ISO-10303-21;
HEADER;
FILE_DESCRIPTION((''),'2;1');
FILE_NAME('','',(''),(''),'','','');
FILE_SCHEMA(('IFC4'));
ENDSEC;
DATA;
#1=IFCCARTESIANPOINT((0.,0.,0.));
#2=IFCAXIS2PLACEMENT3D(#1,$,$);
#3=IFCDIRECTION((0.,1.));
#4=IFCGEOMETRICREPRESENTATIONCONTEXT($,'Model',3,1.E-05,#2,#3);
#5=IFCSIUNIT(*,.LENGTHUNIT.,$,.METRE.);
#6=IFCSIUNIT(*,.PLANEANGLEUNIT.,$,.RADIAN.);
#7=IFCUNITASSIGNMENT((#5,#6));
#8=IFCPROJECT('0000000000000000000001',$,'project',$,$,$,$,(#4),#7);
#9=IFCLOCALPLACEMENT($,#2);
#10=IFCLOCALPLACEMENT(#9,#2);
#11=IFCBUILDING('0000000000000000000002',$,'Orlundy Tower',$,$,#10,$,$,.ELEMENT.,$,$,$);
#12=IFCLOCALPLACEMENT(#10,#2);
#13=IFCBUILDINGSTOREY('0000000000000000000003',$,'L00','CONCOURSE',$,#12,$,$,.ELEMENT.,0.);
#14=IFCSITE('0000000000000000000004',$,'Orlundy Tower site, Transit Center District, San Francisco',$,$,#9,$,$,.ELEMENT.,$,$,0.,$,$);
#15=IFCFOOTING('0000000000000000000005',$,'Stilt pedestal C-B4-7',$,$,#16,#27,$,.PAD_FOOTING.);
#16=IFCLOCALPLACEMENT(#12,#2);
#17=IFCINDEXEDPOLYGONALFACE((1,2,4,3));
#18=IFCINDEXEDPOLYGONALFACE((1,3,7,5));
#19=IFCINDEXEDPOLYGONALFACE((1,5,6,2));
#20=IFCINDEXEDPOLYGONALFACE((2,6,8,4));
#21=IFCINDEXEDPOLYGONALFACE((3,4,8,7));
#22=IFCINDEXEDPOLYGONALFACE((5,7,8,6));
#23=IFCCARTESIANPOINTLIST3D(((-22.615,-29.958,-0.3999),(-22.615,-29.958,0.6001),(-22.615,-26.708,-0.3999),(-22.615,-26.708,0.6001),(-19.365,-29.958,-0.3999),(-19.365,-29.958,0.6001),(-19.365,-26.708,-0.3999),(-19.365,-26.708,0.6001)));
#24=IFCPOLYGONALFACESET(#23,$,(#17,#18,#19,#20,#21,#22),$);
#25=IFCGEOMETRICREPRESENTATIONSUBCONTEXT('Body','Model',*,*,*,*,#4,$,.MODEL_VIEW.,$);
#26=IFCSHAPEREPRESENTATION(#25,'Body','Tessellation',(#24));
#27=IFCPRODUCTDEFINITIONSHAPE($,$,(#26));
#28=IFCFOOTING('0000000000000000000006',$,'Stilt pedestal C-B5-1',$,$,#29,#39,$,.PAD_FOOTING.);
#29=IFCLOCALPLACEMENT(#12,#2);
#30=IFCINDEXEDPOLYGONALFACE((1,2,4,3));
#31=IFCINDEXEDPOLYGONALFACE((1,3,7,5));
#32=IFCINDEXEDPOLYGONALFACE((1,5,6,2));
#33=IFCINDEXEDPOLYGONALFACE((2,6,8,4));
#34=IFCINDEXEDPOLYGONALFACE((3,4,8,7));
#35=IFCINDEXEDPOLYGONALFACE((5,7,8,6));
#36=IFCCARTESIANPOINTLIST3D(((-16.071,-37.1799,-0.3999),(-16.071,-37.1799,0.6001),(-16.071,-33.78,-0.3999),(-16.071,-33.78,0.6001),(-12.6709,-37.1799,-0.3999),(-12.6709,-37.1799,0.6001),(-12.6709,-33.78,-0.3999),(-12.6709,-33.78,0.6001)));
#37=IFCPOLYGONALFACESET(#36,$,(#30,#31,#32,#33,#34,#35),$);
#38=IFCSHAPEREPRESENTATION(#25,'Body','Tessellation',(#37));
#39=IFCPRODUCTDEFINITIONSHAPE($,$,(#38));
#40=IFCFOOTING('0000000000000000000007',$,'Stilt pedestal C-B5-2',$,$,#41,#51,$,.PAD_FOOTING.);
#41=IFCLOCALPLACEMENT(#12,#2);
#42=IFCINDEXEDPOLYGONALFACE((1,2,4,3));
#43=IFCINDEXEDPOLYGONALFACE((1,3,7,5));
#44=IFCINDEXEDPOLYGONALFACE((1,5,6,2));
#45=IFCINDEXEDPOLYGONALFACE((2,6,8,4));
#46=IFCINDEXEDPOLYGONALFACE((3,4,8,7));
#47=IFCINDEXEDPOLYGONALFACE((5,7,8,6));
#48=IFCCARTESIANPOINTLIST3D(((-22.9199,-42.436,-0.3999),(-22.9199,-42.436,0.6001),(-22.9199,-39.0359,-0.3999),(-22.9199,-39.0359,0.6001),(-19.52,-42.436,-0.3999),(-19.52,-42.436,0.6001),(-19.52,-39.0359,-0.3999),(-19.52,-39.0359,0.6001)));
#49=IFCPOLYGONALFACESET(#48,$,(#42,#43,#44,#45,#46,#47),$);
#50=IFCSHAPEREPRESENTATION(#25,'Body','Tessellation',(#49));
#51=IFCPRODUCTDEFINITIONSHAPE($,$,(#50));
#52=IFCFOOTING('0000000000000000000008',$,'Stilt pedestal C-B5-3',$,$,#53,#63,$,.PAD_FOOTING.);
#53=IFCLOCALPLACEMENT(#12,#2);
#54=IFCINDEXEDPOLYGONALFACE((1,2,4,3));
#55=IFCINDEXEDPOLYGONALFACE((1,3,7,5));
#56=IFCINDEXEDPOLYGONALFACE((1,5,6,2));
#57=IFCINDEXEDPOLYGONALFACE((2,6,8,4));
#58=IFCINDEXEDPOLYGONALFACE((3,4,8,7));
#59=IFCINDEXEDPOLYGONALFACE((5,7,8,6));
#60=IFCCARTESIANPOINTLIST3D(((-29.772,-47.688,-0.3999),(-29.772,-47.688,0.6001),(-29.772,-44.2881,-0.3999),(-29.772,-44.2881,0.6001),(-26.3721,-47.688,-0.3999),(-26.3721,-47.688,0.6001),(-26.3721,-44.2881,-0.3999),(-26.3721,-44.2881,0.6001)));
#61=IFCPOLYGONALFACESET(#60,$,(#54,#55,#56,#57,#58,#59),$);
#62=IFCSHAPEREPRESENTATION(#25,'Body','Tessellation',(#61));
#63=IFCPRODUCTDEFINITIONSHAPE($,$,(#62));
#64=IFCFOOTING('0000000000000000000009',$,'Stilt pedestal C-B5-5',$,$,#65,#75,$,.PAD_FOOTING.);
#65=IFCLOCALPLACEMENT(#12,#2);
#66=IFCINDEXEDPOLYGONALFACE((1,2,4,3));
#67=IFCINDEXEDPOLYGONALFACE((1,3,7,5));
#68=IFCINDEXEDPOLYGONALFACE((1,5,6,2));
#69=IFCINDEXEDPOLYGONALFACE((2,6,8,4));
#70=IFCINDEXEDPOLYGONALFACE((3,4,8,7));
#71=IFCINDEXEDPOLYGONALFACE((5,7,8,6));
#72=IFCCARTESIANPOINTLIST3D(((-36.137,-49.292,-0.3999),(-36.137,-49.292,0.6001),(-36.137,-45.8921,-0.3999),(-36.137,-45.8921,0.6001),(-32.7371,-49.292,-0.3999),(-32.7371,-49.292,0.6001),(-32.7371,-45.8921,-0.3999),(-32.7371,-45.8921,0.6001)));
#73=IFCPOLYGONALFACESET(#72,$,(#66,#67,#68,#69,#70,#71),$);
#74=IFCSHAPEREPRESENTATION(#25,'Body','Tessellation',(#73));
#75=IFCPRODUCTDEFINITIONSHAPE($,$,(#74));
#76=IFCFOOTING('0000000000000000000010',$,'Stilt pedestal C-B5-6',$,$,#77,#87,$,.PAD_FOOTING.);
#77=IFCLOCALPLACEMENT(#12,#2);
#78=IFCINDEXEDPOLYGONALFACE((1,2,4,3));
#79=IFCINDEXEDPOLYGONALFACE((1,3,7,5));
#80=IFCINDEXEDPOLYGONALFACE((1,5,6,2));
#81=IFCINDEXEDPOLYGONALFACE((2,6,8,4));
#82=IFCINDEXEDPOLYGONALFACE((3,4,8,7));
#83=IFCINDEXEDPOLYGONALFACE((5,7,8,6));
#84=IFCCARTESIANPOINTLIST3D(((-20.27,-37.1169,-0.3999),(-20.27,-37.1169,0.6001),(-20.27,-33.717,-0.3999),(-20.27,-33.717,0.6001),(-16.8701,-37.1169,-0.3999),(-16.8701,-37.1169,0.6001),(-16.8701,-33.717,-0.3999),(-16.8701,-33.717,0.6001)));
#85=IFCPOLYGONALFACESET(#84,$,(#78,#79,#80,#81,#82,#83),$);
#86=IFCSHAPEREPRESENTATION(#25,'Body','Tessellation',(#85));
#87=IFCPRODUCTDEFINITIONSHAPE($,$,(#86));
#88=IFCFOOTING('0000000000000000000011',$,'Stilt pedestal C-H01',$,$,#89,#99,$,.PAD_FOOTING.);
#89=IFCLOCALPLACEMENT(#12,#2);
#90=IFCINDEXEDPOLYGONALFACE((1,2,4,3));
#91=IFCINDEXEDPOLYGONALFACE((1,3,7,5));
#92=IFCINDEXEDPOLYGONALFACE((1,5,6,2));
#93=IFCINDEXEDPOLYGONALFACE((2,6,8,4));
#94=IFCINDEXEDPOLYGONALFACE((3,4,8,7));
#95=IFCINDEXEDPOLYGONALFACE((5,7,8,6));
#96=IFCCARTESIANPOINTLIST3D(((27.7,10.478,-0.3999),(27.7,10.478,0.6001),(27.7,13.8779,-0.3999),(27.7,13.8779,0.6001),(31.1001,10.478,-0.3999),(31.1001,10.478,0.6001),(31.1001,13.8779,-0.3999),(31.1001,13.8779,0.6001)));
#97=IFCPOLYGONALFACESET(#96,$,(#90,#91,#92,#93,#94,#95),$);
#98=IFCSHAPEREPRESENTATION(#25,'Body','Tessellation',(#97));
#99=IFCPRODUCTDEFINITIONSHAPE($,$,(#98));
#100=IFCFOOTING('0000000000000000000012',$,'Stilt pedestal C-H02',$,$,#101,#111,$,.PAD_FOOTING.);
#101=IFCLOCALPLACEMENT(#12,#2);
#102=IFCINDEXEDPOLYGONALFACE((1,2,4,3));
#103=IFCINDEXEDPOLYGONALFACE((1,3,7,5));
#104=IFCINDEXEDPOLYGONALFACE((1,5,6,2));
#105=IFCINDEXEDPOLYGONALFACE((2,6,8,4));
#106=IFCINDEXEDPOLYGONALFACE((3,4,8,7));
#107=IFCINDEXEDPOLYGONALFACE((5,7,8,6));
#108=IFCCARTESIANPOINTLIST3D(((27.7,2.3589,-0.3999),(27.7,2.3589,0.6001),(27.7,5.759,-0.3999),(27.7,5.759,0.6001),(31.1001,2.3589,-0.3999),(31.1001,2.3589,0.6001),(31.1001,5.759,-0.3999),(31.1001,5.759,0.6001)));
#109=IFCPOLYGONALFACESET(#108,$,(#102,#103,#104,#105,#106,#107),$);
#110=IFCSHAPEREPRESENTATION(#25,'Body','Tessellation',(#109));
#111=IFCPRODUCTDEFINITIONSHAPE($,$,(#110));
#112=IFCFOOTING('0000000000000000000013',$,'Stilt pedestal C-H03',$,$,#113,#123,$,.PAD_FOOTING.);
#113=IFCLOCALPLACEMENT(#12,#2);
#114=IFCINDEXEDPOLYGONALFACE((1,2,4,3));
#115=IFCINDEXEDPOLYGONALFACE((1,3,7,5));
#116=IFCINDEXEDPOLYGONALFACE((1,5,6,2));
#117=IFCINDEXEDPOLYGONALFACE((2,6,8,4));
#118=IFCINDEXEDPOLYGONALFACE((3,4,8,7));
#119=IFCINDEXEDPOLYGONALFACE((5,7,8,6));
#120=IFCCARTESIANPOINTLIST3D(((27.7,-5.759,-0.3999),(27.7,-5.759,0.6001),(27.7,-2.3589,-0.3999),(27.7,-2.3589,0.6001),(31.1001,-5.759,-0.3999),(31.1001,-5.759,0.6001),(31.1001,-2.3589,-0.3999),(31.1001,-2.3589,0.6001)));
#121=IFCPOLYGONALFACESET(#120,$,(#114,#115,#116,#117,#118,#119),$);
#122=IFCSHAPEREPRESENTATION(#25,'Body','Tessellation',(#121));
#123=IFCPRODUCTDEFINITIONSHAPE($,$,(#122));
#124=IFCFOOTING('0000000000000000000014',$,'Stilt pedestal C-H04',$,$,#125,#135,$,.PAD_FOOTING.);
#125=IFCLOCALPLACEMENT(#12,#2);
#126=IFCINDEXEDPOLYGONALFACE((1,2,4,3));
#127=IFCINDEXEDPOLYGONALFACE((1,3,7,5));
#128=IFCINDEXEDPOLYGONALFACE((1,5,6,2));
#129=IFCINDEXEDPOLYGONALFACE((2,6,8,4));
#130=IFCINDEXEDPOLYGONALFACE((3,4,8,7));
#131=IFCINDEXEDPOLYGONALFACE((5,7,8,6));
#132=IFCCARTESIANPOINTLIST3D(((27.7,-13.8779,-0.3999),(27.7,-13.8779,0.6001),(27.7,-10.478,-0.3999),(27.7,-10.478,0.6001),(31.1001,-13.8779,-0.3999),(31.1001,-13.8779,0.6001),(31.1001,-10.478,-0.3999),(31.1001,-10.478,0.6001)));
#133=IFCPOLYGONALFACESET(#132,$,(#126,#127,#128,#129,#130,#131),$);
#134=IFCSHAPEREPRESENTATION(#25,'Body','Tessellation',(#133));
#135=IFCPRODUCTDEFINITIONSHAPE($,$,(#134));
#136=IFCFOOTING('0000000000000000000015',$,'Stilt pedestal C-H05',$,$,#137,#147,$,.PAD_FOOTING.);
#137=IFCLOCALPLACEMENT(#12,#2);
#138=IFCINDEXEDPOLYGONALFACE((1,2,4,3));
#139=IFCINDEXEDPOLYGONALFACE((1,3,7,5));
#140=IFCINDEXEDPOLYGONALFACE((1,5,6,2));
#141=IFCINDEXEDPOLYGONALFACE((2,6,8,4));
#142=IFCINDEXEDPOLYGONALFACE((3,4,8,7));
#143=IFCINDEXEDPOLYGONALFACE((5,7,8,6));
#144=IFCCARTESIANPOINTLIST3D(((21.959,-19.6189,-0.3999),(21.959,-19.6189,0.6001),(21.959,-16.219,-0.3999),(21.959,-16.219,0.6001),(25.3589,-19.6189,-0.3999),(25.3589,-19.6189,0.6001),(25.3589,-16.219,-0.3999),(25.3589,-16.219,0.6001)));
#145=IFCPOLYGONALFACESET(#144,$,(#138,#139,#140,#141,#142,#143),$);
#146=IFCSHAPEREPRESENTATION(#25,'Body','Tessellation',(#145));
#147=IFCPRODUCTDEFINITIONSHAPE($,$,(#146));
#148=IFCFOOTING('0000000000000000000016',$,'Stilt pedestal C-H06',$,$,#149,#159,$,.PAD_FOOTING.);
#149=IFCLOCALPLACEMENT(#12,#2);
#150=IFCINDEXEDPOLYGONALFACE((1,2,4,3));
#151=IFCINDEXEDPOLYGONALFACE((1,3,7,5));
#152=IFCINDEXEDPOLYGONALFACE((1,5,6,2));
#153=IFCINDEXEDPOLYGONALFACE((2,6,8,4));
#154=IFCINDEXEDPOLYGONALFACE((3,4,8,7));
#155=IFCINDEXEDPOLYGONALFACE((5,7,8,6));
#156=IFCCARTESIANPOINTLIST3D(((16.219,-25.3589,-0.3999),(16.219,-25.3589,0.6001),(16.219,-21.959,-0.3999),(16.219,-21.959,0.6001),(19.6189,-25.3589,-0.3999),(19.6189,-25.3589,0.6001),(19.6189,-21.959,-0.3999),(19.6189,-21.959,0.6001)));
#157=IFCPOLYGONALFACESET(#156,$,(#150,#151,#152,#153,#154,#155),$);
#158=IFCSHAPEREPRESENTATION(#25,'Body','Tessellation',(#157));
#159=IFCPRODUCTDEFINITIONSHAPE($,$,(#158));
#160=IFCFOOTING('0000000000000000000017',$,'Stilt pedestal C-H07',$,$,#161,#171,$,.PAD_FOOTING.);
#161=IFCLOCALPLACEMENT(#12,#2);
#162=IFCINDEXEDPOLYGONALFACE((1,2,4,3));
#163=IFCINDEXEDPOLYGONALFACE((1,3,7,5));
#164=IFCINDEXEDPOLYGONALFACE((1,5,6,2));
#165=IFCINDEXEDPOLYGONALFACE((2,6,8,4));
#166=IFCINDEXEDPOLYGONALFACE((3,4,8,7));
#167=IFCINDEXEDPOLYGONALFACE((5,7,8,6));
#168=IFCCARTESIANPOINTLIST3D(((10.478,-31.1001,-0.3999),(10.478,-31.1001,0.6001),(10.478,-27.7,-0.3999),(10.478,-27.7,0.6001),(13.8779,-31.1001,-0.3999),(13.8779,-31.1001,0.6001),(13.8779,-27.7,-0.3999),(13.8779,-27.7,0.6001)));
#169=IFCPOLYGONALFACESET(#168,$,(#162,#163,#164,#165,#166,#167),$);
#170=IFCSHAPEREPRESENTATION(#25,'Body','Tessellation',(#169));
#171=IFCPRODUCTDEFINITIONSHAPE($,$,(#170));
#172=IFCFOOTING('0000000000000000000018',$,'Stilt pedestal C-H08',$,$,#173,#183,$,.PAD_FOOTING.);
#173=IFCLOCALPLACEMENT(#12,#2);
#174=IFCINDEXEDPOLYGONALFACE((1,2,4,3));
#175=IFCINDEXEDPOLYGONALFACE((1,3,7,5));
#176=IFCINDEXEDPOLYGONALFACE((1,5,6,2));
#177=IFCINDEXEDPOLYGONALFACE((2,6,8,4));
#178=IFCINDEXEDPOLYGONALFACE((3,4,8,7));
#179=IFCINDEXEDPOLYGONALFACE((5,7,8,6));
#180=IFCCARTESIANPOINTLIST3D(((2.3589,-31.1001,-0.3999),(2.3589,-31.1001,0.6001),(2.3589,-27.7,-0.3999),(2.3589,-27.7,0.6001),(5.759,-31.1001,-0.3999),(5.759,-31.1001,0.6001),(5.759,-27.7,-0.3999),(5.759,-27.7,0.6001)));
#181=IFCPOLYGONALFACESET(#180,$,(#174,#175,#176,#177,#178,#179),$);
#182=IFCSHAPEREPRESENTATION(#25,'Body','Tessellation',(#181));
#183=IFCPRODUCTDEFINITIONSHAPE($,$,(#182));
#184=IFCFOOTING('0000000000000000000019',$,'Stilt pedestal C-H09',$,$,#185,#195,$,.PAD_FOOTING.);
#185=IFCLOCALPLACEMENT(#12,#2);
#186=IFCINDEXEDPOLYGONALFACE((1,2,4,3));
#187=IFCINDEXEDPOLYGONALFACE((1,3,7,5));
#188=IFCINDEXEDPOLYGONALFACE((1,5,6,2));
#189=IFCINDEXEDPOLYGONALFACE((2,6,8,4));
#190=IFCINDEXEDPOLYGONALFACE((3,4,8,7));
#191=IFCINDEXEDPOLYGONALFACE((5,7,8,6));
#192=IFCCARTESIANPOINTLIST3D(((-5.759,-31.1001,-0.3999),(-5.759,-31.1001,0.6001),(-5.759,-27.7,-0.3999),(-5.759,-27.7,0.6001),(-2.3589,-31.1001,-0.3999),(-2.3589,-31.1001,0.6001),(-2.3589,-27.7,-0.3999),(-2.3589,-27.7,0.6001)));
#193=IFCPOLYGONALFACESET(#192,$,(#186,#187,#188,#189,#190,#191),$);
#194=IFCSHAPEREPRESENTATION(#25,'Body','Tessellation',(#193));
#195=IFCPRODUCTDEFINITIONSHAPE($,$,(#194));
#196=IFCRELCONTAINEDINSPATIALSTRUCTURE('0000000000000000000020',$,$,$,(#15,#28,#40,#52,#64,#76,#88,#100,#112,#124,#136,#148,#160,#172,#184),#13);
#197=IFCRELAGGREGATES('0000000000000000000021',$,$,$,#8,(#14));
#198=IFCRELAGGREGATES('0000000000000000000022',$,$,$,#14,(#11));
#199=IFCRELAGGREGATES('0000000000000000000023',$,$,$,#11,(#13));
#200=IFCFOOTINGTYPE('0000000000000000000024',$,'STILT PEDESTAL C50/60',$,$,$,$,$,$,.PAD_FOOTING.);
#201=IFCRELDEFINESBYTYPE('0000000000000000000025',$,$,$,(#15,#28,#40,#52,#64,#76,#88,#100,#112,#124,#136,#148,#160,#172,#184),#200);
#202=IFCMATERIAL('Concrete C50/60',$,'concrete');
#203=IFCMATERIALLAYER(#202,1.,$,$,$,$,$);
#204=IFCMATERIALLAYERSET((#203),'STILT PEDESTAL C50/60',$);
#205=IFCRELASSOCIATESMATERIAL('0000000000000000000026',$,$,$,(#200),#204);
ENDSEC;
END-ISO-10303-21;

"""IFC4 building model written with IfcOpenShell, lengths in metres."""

from ifc_helpers import new_model, si_unit, direction, frame, origin, place, context, subcontext, project, spatial, polyline, outline, extrude, material, layer, layer_set, type_object, element, save


model = new_model("IFC4")

# Units and contexts
model_context = context("Model", 3, precision=1e-05, world=origin(), true_north=direction((0.0, 1.0)))
body_context = subcontext(model_context, "Body", "Model", "MODEL_VIEW")
ifc_project = project(units=[si_unit("LENGTHUNIT", "METRE"), si_unit("PLANEANGLEUNIT", "RADIAN")], contexts=[model_context])

# Site, building, storey
site_placement = place(None, origin())
site = spatial("IfcSite", under=ifc_project, at=site_placement, Name="Orlundy Tower site, Transit Center District, San Francisco", CompositionType="ELEMENT", RefElevation=0.0)
building_placement = place(site_placement, origin())
building = spatial("IfcBuilding", under=site, at=building_placement, Name="Orlundy Tower", CompositionType="ELEMENT")
storey_placement = place(building_placement, origin())
storey = spatial("IfcBuildingStorey", under=building, at=storey_placement, Name="L00", Description="CONCOURSE", CompositionType="ELEMENT", Elevation=0.0)

# Footings
ifc_material_1 = material(Name="Concrete C50/60", Category="concrete")
ifc_layer = layer(ifc_material_1, 1.0)
ifc_layer_set = layer_set([ifc_layer], Name="STILT PEDESTAL C50/60")
footing_type = type_object("IfcFootingType", Name="STILT PEDESTAL C50/60", PredefinedType="PAD_FOOTING", material=ifc_layer_set)
footing_1_placement = place(storey_placement, frame((0.0, 0.0, -0.3999)))
element("IfcFooting", 1, at=footing_1_placement, inside=storey, type_object=footing_type, Name="Stilt pedestal C-B4-7", PredefinedType="PAD_FOOTING", context=body_context, shape_type="SweptSolid", body=[
    extrude(outline(polyline([(-19.365, -29.958), (-19.365, -26.708), (-22.615, -26.708), (-22.615, -29.958), (-19.365, -29.958)])), origin(), (0.0, 0.0, 1.0), 1.0),
])
footing_2_placement = place(storey_placement, frame((0.0, 0.0, -0.3999)))
element("IfcFooting", 2, at=footing_2_placement, inside=storey, type_object=footing_type, Name="Stilt pedestal C-B5-1", PredefinedType="PAD_FOOTING", context=body_context, shape_type="SweptSolid", body=[
    extrude(outline(polyline([(-12.6709, -37.1799), (-12.6709, -33.78), (-16.071, -33.78), (-16.071, -37.1799), (-12.6709, -37.1799)])), origin(), (0.0, 0.0, 1.0), 1.0),
])
footing_3_placement = place(storey_placement, frame((0.0, 0.0, -0.3999)))
element("IfcFooting", 3, at=footing_3_placement, inside=storey, type_object=footing_type, Name="Stilt pedestal C-B5-2", PredefinedType="PAD_FOOTING", context=body_context, shape_type="SweptSolid", body=[
    extrude(outline(polyline([(-19.52, -42.436), (-19.52, -39.0359), (-22.9199, -39.0359), (-22.9199, -42.436), (-19.52, -42.436)])), origin(), (0.0, 0.0, 1.0), 1.0),
])
footing_4_placement = place(storey_placement, frame((0.0, 0.0, -0.3999)))
element("IfcFooting", 4, at=footing_4_placement, inside=storey, type_object=footing_type, Name="Stilt pedestal C-B5-3", PredefinedType="PAD_FOOTING", context=body_context, shape_type="SweptSolid", body=[
    extrude(outline(polyline([(-26.3721, -47.688), (-26.3721, -44.2881), (-29.772, -44.2881), (-29.772, -47.688), (-26.3721, -47.688)])), origin(), (0.0, 0.0, 1.0), 1.0),
])
footing_5_placement = place(storey_placement, frame((0.0, 0.0, -0.3999)))
element("IfcFooting", 5, at=footing_5_placement, inside=storey, type_object=footing_type, Name="Stilt pedestal C-B5-5", PredefinedType="PAD_FOOTING", context=body_context, shape_type="SweptSolid", body=[
    extrude(outline(polyline([(-32.7371, -49.292), (-32.7371, -45.8921), (-36.137, -45.8921), (-36.137, -49.292), (-32.7371, -49.292)])), origin(), (0.0, 0.0, 1.0), 1.0),
])
footing_6_placement = place(storey_placement, frame((0.0, 0.0, -0.3999)))
element("IfcFooting", 6, at=footing_6_placement, inside=storey, type_object=footing_type, Name="Stilt pedestal C-B5-6", PredefinedType="PAD_FOOTING", context=body_context, shape_type="SweptSolid", body=[
    extrude(outline(polyline([(-16.8701, -37.1169), (-16.8701, -33.717), (-20.27, -33.717), (-20.27, -37.1169), (-16.8701, -37.1169)])), origin(), (0.0, 0.0, 1.0), 1.0),
])
footing_7_placement = place(storey_placement, frame((0.0, 0.0, -0.3999)))
element("IfcFooting", 7, at=footing_7_placement, inside=storey, type_object=footing_type, Name="Stilt pedestal C-H01", PredefinedType="PAD_FOOTING", context=body_context, shape_type="SweptSolid", body=[
    extrude(outline(polyline([(31.1001, 10.478), (31.1001, 13.8779), (27.7, 13.8779), (27.7, 10.478), (31.1001, 10.478)])), origin(), (0.0, 0.0, 1.0), 1.0),
])
footing_8_placement = place(storey_placement, frame((0.0, 0.0, -0.3999)))
element("IfcFooting", 8, at=footing_8_placement, inside=storey, type_object=footing_type, Name="Stilt pedestal C-H02", PredefinedType="PAD_FOOTING", context=body_context, shape_type="SweptSolid", body=[
    extrude(outline(polyline([(31.1001, 2.3589), (31.1001, 5.759), (27.7, 5.759), (27.7, 2.3589), (31.1001, 2.3589)])), origin(), (0.0, 0.0, 1.0), 1.0),
])
footing_9_placement = place(storey_placement, frame((0.0, 0.0, -0.3999)))
element("IfcFooting", 9, at=footing_9_placement, inside=storey, type_object=footing_type, Name="Stilt pedestal C-H03", PredefinedType="PAD_FOOTING", context=body_context, shape_type="SweptSolid", body=[
    extrude(outline(polyline([(31.1001, -5.759), (31.1001, -2.3589), (27.7, -2.3589), (27.7, -5.759), (31.1001, -5.759)])), origin(), (0.0, 0.0, 1.0), 1.0),
])
footing_10_placement = place(storey_placement, frame((0.0, 0.0, -0.3999)))
element("IfcFooting", 10, at=footing_10_placement, inside=storey, type_object=footing_type, Name="Stilt pedestal C-H04", PredefinedType="PAD_FOOTING", context=body_context, shape_type="SweptSolid", body=[
    extrude(outline(polyline([(31.1001, -13.8779), (31.1001, -10.478), (27.7, -10.478), (27.7, -13.8779), (31.1001, -13.8779)])), origin(), (0.0, 0.0, 1.0), 1.0),
])
footing_11_placement = place(storey_placement, frame((0.0, 0.0, -0.3999)))
element("IfcFooting", 11, at=footing_11_placement, inside=storey, type_object=footing_type, Name="Stilt pedestal C-H05", PredefinedType="PAD_FOOTING", context=body_context, shape_type="SweptSolid", body=[
    extrude(outline(polyline([(25.3589, -19.6189), (25.3589, -16.219), (21.959, -16.219), (21.959, -19.6189), (25.3589, -19.6189)])), origin(), (0.0, 0.0, 1.0), 1.0),
])
footing_12_placement = place(storey_placement, frame((0.0, 0.0, -0.3999)))
element("IfcFooting", 12, at=footing_12_placement, inside=storey, type_object=footing_type, Name="Stilt pedestal C-H06", PredefinedType="PAD_FOOTING", context=body_context, shape_type="SweptSolid", body=[
    extrude(outline(polyline([(19.6189, -25.3589), (19.6189, -21.959), (16.219, -21.959), (16.219, -25.3589), (19.6189, -25.3589)])), origin(), (0.0, 0.0, 1.0), 1.0),
])
footing_13_placement = place(storey_placement, frame((0.0, 0.0, -0.3999)))
element("IfcFooting", 13, at=footing_13_placement, inside=storey, type_object=footing_type, Name="Stilt pedestal C-H07", PredefinedType="PAD_FOOTING", context=body_context, shape_type="SweptSolid", body=[
    extrude(outline(polyline([(13.8779, -31.1001), (13.8779, -27.7), (10.478, -27.7), (10.478, -31.1001), (13.8779, -31.1001)])), origin(), (0.0, 0.0, 1.0), 1.0),
])
footing_14_placement = place(storey_placement, frame((0.0, 0.0, -0.3999)))
element("IfcFooting", 14, at=footing_14_placement, inside=storey, type_object=footing_type, Name="Stilt pedestal C-H08", PredefinedType="PAD_FOOTING", context=body_context, shape_type="SweptSolid", body=[
    extrude(outline(polyline([(5.759, -31.1001), (5.759, -27.7), (2.3589, -27.7), (2.3589, -31.1001), (5.759, -31.1001)])), origin(), (0.0, 0.0, 1.0), 1.0),
])
footing_15_placement = place(storey_placement, frame((0.0, 0.0, -0.3999)))
element("IfcFooting", 15, at=footing_15_placement, inside=storey, type_object=footing_type, Name="Stilt pedestal C-H09", PredefinedType="PAD_FOOTING", context=body_context, shape_type="SweptSolid", body=[
    extrude(outline(polyline([(-2.3589, -31.1001), (-2.3589, -27.7), (-5.759, -27.7), (-5.759, -31.1001), (-2.3589, -31.1001)])), origin(), (0.0, 0.0, 1.0), 1.0),
])

save(model, "model.ifc")
